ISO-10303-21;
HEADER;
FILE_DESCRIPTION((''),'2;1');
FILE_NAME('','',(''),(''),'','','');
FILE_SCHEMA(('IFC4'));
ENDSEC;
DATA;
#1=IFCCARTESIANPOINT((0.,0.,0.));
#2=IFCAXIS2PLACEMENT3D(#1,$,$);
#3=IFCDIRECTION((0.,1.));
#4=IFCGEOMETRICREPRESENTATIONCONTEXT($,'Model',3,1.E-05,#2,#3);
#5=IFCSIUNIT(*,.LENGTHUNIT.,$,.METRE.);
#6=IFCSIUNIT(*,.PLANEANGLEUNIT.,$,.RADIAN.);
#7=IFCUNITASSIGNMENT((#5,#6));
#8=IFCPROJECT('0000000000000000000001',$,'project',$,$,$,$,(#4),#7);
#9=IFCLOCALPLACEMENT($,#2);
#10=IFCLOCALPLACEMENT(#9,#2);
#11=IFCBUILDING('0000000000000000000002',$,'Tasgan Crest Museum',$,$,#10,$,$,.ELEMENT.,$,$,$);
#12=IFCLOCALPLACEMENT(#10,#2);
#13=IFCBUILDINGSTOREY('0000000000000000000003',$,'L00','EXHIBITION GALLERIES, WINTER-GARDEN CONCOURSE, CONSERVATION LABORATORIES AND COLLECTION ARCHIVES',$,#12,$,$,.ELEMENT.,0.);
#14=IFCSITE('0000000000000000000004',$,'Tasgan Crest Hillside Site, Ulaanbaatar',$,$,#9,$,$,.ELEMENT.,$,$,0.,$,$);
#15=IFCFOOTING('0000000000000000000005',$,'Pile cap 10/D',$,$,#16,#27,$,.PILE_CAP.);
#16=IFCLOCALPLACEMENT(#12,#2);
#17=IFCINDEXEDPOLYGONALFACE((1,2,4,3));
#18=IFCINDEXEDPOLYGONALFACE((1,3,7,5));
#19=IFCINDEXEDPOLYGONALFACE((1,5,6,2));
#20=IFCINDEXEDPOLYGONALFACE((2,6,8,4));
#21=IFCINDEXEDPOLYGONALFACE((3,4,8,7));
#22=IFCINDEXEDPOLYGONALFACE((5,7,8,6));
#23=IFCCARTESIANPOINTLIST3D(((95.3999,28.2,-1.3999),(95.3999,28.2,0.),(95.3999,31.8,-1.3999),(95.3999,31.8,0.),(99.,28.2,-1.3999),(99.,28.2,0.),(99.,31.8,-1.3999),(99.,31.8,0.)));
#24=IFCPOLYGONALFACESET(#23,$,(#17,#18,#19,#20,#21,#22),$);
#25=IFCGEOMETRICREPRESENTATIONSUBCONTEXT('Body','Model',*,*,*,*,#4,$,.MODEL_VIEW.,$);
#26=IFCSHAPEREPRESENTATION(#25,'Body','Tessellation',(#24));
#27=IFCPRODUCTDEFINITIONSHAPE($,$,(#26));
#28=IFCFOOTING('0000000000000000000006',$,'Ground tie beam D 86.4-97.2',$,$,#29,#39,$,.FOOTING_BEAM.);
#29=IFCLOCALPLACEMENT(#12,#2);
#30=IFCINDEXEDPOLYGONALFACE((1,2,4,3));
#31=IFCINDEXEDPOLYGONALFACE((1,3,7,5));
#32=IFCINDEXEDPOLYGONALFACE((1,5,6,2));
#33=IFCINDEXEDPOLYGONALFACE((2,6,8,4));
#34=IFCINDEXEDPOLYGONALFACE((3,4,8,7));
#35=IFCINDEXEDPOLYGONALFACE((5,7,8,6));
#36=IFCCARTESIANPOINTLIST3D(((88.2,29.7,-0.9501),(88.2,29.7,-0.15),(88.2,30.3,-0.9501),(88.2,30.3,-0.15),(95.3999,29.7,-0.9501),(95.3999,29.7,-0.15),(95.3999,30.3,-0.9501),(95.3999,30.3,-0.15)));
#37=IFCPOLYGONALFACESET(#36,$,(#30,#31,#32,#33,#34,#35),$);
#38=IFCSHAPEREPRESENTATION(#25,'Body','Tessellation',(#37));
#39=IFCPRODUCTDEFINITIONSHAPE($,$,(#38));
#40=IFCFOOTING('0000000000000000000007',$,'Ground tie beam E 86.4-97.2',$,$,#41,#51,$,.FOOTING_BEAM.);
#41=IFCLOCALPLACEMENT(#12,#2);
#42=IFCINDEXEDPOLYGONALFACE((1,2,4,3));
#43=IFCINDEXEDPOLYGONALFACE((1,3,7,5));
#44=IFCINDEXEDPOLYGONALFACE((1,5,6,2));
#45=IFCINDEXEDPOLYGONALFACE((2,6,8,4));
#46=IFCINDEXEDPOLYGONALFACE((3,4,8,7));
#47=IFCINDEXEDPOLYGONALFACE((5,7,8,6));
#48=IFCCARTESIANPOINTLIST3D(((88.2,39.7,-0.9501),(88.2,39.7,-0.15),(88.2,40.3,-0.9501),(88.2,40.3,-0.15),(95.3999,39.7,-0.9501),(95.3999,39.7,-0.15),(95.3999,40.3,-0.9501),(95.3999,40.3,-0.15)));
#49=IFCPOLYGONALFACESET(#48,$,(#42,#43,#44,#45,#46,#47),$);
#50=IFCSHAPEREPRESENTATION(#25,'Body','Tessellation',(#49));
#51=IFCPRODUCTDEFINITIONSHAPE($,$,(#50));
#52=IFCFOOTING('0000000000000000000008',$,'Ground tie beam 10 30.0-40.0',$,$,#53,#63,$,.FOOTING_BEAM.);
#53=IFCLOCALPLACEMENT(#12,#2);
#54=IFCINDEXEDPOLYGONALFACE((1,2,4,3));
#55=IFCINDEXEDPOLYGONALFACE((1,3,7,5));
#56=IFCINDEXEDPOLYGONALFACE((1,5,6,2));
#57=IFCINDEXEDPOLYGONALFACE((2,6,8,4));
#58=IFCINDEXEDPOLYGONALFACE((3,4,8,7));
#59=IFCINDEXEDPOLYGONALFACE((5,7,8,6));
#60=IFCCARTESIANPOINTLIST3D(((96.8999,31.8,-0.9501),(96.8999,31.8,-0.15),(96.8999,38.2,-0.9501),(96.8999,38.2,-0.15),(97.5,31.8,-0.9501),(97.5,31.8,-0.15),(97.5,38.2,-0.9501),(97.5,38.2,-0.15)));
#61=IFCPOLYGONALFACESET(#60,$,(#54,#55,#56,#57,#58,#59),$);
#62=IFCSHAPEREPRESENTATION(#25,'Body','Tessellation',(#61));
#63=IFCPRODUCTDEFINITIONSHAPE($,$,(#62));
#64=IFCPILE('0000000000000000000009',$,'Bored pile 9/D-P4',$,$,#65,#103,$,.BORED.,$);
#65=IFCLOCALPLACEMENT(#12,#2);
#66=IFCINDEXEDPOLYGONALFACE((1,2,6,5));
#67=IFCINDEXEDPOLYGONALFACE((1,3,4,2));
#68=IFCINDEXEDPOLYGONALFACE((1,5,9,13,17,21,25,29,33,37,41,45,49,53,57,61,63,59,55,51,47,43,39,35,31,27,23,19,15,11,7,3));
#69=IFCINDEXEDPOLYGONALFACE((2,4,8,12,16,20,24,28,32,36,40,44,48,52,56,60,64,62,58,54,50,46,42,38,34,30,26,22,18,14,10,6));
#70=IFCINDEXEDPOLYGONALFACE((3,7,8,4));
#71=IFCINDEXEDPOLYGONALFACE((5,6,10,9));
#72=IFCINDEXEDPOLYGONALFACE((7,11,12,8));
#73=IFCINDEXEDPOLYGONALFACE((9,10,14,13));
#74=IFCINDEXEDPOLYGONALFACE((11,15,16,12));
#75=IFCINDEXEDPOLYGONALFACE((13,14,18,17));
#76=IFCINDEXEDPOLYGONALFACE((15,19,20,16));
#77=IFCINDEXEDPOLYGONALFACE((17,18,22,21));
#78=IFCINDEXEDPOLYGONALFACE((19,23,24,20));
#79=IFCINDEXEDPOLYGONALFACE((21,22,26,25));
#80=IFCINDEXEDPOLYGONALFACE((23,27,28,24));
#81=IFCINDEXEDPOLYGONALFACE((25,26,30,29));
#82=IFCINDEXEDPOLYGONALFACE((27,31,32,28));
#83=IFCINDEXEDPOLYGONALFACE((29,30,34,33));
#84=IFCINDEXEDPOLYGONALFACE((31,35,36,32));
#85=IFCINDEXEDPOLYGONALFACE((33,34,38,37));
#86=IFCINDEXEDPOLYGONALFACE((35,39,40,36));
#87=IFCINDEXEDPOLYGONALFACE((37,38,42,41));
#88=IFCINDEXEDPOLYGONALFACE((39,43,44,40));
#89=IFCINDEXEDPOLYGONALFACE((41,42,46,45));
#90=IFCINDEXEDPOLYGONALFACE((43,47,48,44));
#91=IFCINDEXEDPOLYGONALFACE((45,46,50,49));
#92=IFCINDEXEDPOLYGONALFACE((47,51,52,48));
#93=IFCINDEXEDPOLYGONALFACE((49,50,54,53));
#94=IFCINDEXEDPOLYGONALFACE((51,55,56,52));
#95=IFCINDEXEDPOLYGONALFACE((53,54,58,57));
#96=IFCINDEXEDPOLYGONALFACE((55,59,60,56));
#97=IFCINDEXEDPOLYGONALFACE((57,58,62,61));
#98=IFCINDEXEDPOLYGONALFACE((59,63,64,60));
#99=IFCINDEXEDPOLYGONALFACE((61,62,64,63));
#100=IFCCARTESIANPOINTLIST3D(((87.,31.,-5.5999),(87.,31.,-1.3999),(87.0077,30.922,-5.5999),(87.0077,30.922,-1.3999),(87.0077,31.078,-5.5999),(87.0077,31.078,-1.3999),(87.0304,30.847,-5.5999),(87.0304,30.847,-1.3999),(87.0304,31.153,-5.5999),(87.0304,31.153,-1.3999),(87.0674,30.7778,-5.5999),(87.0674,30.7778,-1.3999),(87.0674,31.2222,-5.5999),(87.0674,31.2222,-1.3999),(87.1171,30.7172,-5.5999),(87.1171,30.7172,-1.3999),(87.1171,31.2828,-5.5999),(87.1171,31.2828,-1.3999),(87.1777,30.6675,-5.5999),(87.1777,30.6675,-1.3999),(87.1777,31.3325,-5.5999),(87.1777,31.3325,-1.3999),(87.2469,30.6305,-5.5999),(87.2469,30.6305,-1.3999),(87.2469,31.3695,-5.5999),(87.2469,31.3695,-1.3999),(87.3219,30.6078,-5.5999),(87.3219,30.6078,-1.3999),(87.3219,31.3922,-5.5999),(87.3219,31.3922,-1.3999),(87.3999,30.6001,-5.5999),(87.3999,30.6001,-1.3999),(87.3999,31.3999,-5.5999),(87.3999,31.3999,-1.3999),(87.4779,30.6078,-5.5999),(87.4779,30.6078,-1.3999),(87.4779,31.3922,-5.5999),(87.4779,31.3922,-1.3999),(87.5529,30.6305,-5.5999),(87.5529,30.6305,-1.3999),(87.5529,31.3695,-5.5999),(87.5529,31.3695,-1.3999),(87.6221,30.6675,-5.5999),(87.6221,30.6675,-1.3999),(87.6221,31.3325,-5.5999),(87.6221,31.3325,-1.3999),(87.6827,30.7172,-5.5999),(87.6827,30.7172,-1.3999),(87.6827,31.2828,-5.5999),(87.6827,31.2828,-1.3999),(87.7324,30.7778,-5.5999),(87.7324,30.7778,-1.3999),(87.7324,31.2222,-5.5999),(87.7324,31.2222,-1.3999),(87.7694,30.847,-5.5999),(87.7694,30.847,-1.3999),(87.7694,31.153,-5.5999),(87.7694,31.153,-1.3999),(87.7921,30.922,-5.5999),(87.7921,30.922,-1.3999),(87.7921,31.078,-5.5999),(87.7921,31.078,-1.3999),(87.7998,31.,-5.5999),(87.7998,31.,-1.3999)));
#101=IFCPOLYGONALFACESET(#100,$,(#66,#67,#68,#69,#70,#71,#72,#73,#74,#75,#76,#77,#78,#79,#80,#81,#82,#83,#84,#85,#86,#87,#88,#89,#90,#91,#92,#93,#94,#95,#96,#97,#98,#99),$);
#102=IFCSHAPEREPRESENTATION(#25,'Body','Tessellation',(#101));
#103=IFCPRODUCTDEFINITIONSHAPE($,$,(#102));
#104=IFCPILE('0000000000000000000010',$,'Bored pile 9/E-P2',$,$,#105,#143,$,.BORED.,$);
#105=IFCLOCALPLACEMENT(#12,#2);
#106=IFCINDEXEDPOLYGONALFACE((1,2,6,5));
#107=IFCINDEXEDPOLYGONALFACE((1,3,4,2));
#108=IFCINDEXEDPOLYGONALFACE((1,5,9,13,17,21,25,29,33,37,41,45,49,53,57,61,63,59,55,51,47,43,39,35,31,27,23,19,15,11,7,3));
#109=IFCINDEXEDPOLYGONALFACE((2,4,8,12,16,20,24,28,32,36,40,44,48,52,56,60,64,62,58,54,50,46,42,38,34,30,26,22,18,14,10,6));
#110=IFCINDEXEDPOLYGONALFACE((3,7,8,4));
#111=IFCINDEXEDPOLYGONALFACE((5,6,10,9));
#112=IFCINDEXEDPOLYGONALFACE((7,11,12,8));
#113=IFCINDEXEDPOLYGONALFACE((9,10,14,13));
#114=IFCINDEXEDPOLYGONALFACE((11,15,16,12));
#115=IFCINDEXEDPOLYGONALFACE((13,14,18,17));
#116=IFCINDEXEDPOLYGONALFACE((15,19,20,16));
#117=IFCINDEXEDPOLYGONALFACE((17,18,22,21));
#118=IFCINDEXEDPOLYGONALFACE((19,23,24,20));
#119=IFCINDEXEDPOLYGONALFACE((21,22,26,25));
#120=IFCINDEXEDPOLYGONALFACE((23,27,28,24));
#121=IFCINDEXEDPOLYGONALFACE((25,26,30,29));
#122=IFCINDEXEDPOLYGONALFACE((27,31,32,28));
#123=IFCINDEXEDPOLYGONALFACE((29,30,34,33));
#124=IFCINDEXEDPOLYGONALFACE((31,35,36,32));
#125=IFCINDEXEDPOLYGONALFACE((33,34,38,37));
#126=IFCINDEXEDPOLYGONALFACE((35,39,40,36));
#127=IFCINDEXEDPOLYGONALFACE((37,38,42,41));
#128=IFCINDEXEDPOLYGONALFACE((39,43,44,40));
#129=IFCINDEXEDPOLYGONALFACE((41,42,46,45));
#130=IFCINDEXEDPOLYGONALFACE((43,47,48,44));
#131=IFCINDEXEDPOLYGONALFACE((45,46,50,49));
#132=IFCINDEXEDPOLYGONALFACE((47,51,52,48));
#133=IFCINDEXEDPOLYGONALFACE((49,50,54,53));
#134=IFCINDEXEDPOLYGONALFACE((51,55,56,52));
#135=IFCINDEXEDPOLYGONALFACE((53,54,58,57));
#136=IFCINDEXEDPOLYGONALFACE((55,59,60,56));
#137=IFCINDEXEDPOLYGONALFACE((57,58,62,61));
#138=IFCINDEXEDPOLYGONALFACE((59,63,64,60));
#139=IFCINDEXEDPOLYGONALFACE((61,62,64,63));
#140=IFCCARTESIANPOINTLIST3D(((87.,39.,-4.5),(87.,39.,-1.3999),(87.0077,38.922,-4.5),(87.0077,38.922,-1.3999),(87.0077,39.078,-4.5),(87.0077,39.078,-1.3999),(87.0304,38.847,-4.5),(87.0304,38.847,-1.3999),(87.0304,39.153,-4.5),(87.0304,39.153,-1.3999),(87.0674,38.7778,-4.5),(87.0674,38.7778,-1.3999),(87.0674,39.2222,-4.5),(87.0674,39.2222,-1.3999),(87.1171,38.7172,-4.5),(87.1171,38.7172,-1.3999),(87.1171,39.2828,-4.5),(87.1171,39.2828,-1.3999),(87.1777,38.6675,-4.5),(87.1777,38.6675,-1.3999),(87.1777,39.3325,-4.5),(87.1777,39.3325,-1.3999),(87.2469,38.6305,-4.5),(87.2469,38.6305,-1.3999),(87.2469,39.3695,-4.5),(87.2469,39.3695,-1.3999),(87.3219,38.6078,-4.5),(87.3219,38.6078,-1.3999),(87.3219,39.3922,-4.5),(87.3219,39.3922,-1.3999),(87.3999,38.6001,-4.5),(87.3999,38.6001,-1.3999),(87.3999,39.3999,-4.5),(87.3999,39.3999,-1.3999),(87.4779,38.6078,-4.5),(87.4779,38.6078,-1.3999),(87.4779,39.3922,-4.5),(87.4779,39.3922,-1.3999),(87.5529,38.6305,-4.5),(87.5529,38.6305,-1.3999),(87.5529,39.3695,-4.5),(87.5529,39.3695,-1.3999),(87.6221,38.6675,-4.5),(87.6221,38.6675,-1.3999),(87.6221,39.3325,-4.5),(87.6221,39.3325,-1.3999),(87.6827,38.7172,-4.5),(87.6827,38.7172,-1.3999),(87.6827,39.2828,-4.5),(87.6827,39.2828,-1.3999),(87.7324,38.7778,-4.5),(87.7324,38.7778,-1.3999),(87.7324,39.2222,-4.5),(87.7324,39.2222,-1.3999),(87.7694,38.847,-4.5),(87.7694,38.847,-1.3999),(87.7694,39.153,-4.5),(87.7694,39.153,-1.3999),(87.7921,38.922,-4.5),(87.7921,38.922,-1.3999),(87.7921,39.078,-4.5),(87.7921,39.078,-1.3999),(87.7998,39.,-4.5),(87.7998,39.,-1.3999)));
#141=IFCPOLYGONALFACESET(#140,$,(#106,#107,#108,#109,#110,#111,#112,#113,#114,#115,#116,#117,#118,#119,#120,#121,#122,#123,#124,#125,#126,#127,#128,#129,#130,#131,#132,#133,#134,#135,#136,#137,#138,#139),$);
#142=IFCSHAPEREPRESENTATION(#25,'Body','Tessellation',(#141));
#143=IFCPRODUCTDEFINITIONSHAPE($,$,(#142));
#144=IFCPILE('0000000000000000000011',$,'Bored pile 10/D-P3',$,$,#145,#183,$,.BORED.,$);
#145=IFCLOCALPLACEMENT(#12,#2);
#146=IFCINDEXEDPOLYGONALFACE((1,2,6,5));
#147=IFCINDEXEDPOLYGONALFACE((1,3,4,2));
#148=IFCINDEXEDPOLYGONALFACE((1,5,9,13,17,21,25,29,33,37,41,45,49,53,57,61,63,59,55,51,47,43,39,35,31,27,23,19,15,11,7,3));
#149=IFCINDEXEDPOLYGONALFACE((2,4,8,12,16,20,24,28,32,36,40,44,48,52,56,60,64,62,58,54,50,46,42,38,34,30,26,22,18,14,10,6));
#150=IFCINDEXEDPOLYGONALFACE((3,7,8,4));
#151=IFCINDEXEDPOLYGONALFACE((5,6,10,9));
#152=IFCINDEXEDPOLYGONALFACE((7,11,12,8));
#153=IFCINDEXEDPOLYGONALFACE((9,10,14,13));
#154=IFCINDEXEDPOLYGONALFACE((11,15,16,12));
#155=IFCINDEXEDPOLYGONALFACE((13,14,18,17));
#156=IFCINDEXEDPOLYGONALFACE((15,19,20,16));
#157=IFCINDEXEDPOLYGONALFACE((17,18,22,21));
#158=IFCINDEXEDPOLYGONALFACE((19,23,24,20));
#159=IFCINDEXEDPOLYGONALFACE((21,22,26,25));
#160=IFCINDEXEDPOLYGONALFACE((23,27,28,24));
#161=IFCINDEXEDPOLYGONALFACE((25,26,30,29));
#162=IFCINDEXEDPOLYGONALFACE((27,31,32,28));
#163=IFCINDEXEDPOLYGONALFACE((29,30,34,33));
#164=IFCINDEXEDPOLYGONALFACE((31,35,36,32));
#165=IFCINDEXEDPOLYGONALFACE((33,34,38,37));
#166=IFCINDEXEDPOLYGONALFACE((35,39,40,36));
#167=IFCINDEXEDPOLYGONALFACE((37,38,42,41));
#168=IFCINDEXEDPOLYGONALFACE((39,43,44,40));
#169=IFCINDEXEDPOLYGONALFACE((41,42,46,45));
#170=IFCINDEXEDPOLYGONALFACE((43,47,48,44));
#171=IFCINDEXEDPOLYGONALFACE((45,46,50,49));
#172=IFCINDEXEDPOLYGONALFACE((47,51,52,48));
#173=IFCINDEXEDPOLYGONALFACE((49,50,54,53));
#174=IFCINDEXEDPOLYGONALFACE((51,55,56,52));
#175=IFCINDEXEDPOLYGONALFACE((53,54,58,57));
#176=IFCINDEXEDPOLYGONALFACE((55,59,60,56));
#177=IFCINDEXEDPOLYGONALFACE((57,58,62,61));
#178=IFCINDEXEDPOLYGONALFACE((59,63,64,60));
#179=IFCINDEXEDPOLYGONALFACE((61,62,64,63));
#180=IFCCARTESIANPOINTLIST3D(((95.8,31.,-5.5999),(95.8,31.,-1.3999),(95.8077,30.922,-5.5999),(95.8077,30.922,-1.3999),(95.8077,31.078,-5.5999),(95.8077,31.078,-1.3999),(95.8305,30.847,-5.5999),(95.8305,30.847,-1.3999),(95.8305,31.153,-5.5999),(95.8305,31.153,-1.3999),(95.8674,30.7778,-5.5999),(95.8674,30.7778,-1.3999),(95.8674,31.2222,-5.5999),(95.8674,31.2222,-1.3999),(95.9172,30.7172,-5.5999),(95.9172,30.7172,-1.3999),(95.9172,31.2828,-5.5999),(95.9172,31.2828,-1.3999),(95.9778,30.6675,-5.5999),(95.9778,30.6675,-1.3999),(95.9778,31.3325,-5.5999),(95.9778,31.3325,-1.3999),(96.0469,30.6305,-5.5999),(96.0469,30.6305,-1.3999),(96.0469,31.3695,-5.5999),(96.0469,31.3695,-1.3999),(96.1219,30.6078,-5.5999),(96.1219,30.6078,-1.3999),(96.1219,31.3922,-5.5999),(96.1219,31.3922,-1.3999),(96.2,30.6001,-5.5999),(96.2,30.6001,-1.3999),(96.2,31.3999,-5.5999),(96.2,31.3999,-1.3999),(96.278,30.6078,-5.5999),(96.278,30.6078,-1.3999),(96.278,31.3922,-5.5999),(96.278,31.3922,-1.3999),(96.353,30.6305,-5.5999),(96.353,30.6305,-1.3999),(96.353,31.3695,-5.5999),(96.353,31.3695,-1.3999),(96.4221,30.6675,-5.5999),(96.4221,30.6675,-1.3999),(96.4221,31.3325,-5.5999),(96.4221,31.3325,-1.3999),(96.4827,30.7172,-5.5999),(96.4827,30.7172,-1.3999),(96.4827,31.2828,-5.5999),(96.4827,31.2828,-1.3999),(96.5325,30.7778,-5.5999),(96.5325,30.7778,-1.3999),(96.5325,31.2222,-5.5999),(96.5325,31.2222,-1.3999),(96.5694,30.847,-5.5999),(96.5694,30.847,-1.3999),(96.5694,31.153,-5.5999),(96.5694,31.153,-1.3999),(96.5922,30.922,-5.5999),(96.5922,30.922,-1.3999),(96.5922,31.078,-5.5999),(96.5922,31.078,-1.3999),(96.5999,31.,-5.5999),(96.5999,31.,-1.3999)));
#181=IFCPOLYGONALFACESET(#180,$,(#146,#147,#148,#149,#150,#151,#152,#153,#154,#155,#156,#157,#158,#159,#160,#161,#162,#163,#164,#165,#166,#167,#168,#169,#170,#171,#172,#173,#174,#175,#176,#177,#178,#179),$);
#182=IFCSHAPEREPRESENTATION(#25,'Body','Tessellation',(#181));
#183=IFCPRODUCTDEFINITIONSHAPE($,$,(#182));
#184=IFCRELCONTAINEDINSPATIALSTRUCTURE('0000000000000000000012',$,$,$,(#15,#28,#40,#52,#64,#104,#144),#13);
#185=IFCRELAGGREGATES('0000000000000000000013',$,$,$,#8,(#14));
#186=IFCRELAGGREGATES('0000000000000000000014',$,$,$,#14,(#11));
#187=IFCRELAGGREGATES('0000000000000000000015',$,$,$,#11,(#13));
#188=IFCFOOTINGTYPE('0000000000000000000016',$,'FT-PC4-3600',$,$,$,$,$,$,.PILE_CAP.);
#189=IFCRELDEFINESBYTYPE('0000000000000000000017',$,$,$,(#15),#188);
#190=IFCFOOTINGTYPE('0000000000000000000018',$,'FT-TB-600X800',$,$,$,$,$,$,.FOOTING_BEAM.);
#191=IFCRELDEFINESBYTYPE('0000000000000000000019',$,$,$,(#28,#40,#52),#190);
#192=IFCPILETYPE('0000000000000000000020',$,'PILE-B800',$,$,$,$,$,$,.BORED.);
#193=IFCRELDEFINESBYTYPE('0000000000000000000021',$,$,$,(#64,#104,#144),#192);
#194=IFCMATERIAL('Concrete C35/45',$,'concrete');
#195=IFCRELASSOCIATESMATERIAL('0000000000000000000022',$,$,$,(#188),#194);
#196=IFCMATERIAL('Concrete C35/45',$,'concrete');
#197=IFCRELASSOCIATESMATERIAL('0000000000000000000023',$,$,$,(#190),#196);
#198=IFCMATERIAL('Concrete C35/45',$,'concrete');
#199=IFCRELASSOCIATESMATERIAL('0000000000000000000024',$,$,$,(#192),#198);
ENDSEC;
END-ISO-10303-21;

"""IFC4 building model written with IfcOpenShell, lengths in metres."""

from ifc_helpers import new_model, si_unit, direction, frame, origin, origin_2d, place, context, subcontext, project, spatial, rectangle, circle, extrude, material, material_profile, profile_set, type_object, element, save


model = new_model("IFC4")

# Units and contexts
model_context = context("Model", 3, precision=1e-05, world=origin(), true_north=direction((0.0, 1.0)))
body_context = subcontext(model_context, "Body", "Model", "MODEL_VIEW")
ifc_project = project(units=[si_unit("LENGTHUNIT", "METRE"), si_unit("PLANEANGLEUNIT", "RADIAN")], contexts=[model_context])

# Site, building, storey
site_placement = place(None, origin())
site = spatial("IfcSite", under=ifc_project, at=site_placement, Name="Tasgan Crest Hillside Site, Ulaanbaatar", CompositionType="ELEMENT", RefElevation=0.0)
building_placement = place(site_placement, origin())
building = spatial("IfcBuilding", under=site, at=building_placement, Name="Tasgan Crest Museum", CompositionType="ELEMENT")
storey_placement = place(building_placement, origin())
storey = spatial("IfcBuildingStorey", under=building, at=storey_placement, Name="L00", Description="EXHIBITION GALLERIES, WINTER-GARDEN CONCOURSE, CONSERVATION LABORATORIES AND COLLECTION ARCHIVES", CompositionType="ELEMENT", Elevation=0.0)

# Footings
ifc_material_1 = material(Name="Concrete C35/45", Category="concrete")
footing_type_1 = type_object("IfcFootingType", Name="FT-PC4-3600", PredefinedType="PILE_CAP", material=ifc_material_1)
footing_1_placement = place(storey_placement, frame((97.2, 30.0, -1.3999), z_axis=(0.0, 0.0, 1.0), x_axis=(1.0, 0.0, 0.0)))
element("IfcFooting", 1, at=footing_1_placement, inside=storey, type_object=footing_type_1, Name="Pile cap 10/D", PredefinedType="PILE_CAP", context=body_context, shape_type="SweptSolid", body=[
    extrude(rectangle(XDim=3.6001, YDim=3.6001, at=origin_2d()), origin(), (0.0, 0.0, 1.0), 1.3999),
])
ifc_material_2 = material(Name="Concrete C35/45", Category="concrete")
ifc_material_profile_1 = material_profile(ifc_material_2, rectangle(XDim=0.6001, YDim=0.8, at=origin_2d()), Name="TB 600x800")
ifc_profile_set_1 = profile_set([ifc_material_profile_1], Name="Concrete C35/45")
footing_type_2 = type_object("IfcFootingType", Name="FT-TB-600X800", PredefinedType="FOOTING_BEAM", material=ifc_profile_set_1)
for number, where, z_axis, x_axis, name in (
    (2, (88.2, 30.0, -0.55), (1.0, 0.0, 0.0), (0.0, 1.0, 0.0), "Ground tie beam D 86.4-97.2"),
    (3, (88.2, 40.0, -0.55), (1.0, 0.0, 0.0), (0.0, 1.0, 0.0), "Ground tie beam E 86.4-97.2"),
):
    element("IfcFooting", number, at=place(storey_placement, frame(where, z_axis=z_axis, x_axis=x_axis)), inside=storey, type_object=footing_type_2, Name=name, PredefinedType="FOOTING_BEAM", context=body_context, shape_type="SweptSolid", body=[
        extrude(rectangle(XDim=0.6001, YDim=0.8, at=origin_2d()), origin(), (0.0, 0.0, 1.0), 7.2),
    ])
footing_2_placement = place(storey_placement, frame((97.2, 31.8, -0.55), z_axis=(0.0, 1.0, 0.0), x_axis=(-1.0, 0.0, 0.0)))
element("IfcFooting", 4, at=footing_2_placement, inside=storey, type_object=footing_type_2, Name="Ground tie beam 10 30.0-40.0", PredefinedType="FOOTING_BEAM", context=body_context, shape_type="SweptSolid", body=[
    extrude(rectangle(XDim=0.6001, YDim=0.8, at=origin_2d()), origin(), (0.0, 0.0, 1.0), 6.3999),
])

# Piles
ifc_material_3 = material(Name="Concrete C35/45", Category="concrete")
ifc_material_profile_2 = material_profile(ifc_material_3, circle(Radius=0.3999, at=origin_2d()), Name="PILE D800")
ifc_profile_set_2 = profile_set([ifc_material_profile_2], Name="Concrete C35/45")
pile_type = type_object("IfcPileType", Name="PILE-B800", PredefinedType="BORED", material=ifc_profile_set_2)
pile_1_placement = place(storey_placement, frame((87.3999, 31.0, -1.3999), z_axis=(0.0, 0.0, -1.0), x_axis=(1.0, 0.0, 0.0)))
element("IfcPile", 5, at=pile_1_placement, inside=storey, type_object=pile_type, Name="Bored pile 9/D-P4", PredefinedType="BORED", context=body_context, shape_type="SweptSolid", body=[
    extrude(circle(Radius=0.3999, at=origin_2d()), origin(), (0.0, 0.0, 1.0), 4.2),
])
pile_2_placement = place(storey_placement, frame((87.3999, 39.0, -1.3999), z_axis=(0.0, 0.0, -1.0), x_axis=(1.0, 0.0, 0.0)))
element("IfcPile", 6, at=pile_2_placement, inside=storey, type_object=pile_type, Name="Bored pile 9/E-P2", PredefinedType="BORED", context=body_context, shape_type="SweptSolid", body=[
    extrude(circle(Radius=0.3999, at=origin_2d()), origin(), (0.0, 0.0, 1.0), 3.1001),
])
pile_3_placement = place(storey_placement, frame((96.2, 31.0, -1.3999), z_axis=(0.0, 0.0, -1.0), x_axis=(1.0, 0.0, 0.0)))
element("IfcPile", 7, at=pile_3_placement, inside=storey, type_object=pile_type, Name="Bored pile 10/D-P3", PredefinedType="BORED", context=body_context, shape_type="SweptSolid", body=[
    extrude(circle(Radius=0.3999, at=origin_2d()), origin(), (0.0, 0.0, 1.0), 4.2),
])

save(model, "model.ifc")
